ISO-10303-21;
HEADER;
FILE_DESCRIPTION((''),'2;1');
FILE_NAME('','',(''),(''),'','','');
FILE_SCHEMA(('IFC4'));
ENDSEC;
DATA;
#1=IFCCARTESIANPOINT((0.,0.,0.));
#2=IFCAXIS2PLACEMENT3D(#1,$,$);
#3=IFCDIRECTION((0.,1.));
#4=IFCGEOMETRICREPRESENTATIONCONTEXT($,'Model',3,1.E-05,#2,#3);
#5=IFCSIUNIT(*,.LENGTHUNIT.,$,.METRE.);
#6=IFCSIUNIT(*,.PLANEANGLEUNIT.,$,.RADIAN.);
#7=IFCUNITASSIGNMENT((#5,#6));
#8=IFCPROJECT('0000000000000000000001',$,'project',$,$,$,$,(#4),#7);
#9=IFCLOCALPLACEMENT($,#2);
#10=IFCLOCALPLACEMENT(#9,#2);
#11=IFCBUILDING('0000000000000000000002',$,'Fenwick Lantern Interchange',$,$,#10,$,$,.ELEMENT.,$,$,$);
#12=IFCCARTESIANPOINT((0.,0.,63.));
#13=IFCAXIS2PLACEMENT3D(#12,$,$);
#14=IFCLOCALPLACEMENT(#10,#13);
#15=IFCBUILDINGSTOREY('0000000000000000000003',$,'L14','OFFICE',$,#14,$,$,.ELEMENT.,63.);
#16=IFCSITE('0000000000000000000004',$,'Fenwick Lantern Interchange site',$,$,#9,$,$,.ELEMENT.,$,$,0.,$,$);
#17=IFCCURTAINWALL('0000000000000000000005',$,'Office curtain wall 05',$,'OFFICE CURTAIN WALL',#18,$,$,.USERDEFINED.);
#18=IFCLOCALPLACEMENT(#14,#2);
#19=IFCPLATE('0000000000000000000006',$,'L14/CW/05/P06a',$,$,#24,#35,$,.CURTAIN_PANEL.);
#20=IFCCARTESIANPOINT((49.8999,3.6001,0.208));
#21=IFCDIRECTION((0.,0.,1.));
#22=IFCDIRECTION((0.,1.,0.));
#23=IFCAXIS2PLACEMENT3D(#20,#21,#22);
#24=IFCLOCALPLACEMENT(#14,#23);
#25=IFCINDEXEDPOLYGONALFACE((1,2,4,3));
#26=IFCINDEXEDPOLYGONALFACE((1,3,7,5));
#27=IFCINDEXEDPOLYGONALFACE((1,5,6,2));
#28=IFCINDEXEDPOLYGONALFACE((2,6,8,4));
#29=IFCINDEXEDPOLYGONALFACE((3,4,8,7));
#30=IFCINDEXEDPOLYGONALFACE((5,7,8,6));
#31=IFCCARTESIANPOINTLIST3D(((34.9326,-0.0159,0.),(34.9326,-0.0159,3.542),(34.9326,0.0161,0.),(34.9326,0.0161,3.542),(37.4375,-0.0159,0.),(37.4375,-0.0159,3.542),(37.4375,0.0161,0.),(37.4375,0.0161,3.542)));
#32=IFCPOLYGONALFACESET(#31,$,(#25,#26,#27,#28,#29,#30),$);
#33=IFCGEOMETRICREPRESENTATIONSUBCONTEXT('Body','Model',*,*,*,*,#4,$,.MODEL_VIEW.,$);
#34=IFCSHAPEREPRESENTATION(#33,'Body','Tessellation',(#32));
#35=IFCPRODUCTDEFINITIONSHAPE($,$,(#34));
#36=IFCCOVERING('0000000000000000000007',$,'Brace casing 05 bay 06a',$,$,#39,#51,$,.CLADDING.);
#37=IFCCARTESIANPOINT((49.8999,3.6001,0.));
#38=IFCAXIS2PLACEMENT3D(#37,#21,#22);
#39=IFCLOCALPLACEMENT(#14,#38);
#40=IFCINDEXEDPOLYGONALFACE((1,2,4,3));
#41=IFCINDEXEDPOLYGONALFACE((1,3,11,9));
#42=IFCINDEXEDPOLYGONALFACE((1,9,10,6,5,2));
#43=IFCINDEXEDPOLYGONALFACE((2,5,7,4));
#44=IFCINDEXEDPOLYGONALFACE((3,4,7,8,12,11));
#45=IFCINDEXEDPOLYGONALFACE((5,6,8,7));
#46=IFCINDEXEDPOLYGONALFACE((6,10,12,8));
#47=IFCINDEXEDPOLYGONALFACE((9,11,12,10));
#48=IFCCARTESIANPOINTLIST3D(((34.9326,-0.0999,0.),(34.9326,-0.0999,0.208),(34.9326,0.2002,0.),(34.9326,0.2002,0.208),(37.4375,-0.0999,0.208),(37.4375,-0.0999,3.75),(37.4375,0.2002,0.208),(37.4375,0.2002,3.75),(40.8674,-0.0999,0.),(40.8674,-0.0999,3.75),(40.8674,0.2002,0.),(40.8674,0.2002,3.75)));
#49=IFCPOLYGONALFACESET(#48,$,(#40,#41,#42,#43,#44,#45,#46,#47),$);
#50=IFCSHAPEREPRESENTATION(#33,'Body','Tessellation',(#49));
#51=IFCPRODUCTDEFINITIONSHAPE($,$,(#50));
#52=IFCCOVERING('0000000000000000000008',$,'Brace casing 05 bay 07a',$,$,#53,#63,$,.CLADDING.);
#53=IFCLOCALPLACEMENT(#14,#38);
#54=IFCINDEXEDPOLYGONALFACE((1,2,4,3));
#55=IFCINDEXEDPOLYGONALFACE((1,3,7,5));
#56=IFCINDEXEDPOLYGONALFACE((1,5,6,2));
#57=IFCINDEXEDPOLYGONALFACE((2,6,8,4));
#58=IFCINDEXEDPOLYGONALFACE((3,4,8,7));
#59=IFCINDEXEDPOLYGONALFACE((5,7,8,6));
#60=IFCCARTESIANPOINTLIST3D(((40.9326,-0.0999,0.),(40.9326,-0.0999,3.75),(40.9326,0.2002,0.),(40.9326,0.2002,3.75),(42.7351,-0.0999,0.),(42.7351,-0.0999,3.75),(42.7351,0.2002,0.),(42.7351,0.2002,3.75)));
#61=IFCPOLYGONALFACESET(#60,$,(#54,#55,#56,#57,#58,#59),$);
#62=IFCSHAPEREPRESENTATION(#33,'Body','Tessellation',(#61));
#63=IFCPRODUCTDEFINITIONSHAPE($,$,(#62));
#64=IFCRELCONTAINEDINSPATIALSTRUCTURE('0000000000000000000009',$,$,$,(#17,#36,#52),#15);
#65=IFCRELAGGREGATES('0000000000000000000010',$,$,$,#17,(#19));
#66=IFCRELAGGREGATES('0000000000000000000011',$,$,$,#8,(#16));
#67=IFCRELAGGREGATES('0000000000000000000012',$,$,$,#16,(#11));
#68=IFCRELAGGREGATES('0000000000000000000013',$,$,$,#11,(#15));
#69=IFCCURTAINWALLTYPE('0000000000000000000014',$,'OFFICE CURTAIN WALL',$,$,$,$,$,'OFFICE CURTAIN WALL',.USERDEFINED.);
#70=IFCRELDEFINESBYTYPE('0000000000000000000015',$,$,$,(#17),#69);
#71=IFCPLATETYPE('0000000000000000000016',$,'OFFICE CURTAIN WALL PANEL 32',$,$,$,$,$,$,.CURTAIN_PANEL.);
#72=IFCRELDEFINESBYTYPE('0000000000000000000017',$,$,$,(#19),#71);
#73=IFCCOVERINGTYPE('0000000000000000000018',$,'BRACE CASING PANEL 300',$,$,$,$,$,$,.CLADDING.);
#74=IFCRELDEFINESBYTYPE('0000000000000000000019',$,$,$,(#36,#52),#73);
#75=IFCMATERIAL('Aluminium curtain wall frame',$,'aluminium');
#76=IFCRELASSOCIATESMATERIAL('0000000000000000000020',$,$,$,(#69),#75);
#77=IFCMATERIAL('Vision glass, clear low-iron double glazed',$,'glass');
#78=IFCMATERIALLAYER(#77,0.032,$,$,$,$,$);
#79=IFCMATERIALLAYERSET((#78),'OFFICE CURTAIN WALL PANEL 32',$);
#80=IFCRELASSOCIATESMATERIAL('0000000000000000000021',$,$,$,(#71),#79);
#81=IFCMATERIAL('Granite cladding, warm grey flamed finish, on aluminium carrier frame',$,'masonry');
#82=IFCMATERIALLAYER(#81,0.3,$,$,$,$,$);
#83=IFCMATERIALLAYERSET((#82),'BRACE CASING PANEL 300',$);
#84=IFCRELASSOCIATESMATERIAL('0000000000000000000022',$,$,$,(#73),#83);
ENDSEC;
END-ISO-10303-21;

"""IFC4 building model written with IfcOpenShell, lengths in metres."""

from ifc_helpers import new_model, si_unit, direction, frame, origin, place, context, subcontext, project, spatial, polyline, outline, extrude, material, layer, layer_set, type_object, element, aggregate, save


model = new_model("IFC4")

# Units and contexts
model_context = context("Model", 3, precision=1e-05, world=origin(), true_north=direction((0.0, 1.0)))
body_context = subcontext(model_context, "Body", "Model", "MODEL_VIEW")
ifc_project = project(units=[si_unit("LENGTHUNIT", "METRE"), si_unit("PLANEANGLEUNIT", "RADIAN")], contexts=[model_context])

# Site, building, storey
site_placement = place(None, origin())
site = spatial("IfcSite", under=ifc_project, at=site_placement, Name="Fenwick Lantern Interchange site", CompositionType="ELEMENT", RefElevation=0.0)
building_placement = place(site_placement, origin())
building = spatial("IfcBuilding", under=site, at=building_placement, Name="Fenwick Lantern Interchange", CompositionType="ELEMENT")
storey_placement = place(building_placement, frame((0.0, 0.0, 63.0)))
storey = spatial("IfcBuildingStorey", under=building, at=storey_placement, Name="L14", Description="OFFICE", CompositionType="ELEMENT", Elevation=63.0)

# Curtain wall, plate
ifc_material_1 = material(Name="Aluminium curtain wall frame", Category="aluminium")
curtain_wall_type = type_object("IfcCurtainWallType", Name="OFFICE CURTAIN WALL", ElementType="OFFICE CURTAIN WALL", PredefinedType="USERDEFINED", material=ifc_material_1)
curtain_wall_placement = place(storey_placement, origin())
curtain_wall = element("IfcCurtainWall", 1, at=curtain_wall_placement, inside=storey, type_object=curtain_wall_type, Name="Office curtain wall 05", ObjectType="OFFICE CURTAIN WALL", PredefinedType="USERDEFINED")
ifc_material_2 = material(Name="Vision glass, clear low-iron double glazed", Category="glass")
ifc_layer_1 = layer(ifc_material_2, 0.032)
ifc_layer_set_1 = layer_set([ifc_layer_1], Name="OFFICE CURTAIN WALL PANEL 32")
plate_type = type_object("IfcPlateType", Name="OFFICE CURTAIN WALL PANEL 32", PredefinedType="CURTAIN_PANEL", material=ifc_layer_set_1)
plate_placement = place(storey_placement, frame((49.8999, 3.6001, 0.208), z_axis=(0.0, 0.0, 1.0), x_axis=(0.0, 1.0, 0.0)))
plate = element("IfcPlate", 2, at=plate_placement, type_object=plate_type, Name="L14/CW/05/P06a", PredefinedType="CURTAIN_PANEL", context=body_context, shape_type="SweptSolid", body=[
    extrude(outline(polyline([(34.9326, 0.0), (37.4375, 0.0), (37.4375, 3.542), (34.9326, 3.542), (34.9326, 0.0)])), frame((0.0, 0.0161, 0.0), z_axis=(0.0, -1.0, 0.0), x_axis=(1.0, 0.0, 0.0)), (0.0, 0.0, 1.0), 0.032),
])
aggregate(curtain_wall, [plate])

# Coverings
ifc_material_3 = material(Name="Granite cladding, warm grey flamed finish, on aluminium carrier frame", Category="masonry")
ifc_layer_2 = layer(ifc_material_3, 0.3)
ifc_layer_set_2 = layer_set([ifc_layer_2], Name="BRACE CASING PANEL 300")
covering_type = type_object("IfcCoveringType", Name="BRACE CASING PANEL 300", PredefinedType="CLADDING", material=ifc_layer_set_2)
covering_1_placement = place(storey_placement, frame((49.8999, 3.6001, 0.0), z_axis=(0.0, 0.0, 1.0), x_axis=(0.0, 1.0, 0.0)))
element("IfcCovering", 3, at=covering_1_placement, inside=storey, type_object=covering_type, Name="Brace casing 05 bay 06a", PredefinedType="CLADDING", context=body_context, shape_type="SweptSolid", body=[
    extrude(outline(polyline([(34.9326, 0.0), (40.8674, 0.0), (40.8674, 3.75), (37.4375, 3.75), (37.4375, 0.208), (34.9326, 0.208), (34.9326, 0.0)])), frame((0.0, 0.2002, 0.0), z_axis=(0.0, -1.0, 0.0), x_axis=(1.0, 0.0, 0.0)), (0.0, 0.0, 1.0), 0.3),
])
covering_2_placement = place(storey_placement, frame((49.8999, 3.6001, 0.0), z_axis=(0.0, 0.0, 1.0), x_axis=(0.0, 1.0, 0.0)))
element("IfcCovering", 4, at=covering_2_placement, inside=storey, type_object=covering_type, Name="Brace casing 05 bay 07a", PredefinedType="CLADDING", context=body_context, shape_type="SweptSolid", body=[
    extrude(outline(polyline([(40.9326, 0.0), (42.7351, 0.0), (42.7351, 3.75), (40.9326, 3.75), (40.9326, 0.0)])), frame((0.0, 0.2002, 0.0), z_axis=(0.0, -1.0, 0.0), x_axis=(1.0, 0.0, 0.0)), (0.0, 0.0, 1.0), 0.3),
])

save(model, "model.ifc")
